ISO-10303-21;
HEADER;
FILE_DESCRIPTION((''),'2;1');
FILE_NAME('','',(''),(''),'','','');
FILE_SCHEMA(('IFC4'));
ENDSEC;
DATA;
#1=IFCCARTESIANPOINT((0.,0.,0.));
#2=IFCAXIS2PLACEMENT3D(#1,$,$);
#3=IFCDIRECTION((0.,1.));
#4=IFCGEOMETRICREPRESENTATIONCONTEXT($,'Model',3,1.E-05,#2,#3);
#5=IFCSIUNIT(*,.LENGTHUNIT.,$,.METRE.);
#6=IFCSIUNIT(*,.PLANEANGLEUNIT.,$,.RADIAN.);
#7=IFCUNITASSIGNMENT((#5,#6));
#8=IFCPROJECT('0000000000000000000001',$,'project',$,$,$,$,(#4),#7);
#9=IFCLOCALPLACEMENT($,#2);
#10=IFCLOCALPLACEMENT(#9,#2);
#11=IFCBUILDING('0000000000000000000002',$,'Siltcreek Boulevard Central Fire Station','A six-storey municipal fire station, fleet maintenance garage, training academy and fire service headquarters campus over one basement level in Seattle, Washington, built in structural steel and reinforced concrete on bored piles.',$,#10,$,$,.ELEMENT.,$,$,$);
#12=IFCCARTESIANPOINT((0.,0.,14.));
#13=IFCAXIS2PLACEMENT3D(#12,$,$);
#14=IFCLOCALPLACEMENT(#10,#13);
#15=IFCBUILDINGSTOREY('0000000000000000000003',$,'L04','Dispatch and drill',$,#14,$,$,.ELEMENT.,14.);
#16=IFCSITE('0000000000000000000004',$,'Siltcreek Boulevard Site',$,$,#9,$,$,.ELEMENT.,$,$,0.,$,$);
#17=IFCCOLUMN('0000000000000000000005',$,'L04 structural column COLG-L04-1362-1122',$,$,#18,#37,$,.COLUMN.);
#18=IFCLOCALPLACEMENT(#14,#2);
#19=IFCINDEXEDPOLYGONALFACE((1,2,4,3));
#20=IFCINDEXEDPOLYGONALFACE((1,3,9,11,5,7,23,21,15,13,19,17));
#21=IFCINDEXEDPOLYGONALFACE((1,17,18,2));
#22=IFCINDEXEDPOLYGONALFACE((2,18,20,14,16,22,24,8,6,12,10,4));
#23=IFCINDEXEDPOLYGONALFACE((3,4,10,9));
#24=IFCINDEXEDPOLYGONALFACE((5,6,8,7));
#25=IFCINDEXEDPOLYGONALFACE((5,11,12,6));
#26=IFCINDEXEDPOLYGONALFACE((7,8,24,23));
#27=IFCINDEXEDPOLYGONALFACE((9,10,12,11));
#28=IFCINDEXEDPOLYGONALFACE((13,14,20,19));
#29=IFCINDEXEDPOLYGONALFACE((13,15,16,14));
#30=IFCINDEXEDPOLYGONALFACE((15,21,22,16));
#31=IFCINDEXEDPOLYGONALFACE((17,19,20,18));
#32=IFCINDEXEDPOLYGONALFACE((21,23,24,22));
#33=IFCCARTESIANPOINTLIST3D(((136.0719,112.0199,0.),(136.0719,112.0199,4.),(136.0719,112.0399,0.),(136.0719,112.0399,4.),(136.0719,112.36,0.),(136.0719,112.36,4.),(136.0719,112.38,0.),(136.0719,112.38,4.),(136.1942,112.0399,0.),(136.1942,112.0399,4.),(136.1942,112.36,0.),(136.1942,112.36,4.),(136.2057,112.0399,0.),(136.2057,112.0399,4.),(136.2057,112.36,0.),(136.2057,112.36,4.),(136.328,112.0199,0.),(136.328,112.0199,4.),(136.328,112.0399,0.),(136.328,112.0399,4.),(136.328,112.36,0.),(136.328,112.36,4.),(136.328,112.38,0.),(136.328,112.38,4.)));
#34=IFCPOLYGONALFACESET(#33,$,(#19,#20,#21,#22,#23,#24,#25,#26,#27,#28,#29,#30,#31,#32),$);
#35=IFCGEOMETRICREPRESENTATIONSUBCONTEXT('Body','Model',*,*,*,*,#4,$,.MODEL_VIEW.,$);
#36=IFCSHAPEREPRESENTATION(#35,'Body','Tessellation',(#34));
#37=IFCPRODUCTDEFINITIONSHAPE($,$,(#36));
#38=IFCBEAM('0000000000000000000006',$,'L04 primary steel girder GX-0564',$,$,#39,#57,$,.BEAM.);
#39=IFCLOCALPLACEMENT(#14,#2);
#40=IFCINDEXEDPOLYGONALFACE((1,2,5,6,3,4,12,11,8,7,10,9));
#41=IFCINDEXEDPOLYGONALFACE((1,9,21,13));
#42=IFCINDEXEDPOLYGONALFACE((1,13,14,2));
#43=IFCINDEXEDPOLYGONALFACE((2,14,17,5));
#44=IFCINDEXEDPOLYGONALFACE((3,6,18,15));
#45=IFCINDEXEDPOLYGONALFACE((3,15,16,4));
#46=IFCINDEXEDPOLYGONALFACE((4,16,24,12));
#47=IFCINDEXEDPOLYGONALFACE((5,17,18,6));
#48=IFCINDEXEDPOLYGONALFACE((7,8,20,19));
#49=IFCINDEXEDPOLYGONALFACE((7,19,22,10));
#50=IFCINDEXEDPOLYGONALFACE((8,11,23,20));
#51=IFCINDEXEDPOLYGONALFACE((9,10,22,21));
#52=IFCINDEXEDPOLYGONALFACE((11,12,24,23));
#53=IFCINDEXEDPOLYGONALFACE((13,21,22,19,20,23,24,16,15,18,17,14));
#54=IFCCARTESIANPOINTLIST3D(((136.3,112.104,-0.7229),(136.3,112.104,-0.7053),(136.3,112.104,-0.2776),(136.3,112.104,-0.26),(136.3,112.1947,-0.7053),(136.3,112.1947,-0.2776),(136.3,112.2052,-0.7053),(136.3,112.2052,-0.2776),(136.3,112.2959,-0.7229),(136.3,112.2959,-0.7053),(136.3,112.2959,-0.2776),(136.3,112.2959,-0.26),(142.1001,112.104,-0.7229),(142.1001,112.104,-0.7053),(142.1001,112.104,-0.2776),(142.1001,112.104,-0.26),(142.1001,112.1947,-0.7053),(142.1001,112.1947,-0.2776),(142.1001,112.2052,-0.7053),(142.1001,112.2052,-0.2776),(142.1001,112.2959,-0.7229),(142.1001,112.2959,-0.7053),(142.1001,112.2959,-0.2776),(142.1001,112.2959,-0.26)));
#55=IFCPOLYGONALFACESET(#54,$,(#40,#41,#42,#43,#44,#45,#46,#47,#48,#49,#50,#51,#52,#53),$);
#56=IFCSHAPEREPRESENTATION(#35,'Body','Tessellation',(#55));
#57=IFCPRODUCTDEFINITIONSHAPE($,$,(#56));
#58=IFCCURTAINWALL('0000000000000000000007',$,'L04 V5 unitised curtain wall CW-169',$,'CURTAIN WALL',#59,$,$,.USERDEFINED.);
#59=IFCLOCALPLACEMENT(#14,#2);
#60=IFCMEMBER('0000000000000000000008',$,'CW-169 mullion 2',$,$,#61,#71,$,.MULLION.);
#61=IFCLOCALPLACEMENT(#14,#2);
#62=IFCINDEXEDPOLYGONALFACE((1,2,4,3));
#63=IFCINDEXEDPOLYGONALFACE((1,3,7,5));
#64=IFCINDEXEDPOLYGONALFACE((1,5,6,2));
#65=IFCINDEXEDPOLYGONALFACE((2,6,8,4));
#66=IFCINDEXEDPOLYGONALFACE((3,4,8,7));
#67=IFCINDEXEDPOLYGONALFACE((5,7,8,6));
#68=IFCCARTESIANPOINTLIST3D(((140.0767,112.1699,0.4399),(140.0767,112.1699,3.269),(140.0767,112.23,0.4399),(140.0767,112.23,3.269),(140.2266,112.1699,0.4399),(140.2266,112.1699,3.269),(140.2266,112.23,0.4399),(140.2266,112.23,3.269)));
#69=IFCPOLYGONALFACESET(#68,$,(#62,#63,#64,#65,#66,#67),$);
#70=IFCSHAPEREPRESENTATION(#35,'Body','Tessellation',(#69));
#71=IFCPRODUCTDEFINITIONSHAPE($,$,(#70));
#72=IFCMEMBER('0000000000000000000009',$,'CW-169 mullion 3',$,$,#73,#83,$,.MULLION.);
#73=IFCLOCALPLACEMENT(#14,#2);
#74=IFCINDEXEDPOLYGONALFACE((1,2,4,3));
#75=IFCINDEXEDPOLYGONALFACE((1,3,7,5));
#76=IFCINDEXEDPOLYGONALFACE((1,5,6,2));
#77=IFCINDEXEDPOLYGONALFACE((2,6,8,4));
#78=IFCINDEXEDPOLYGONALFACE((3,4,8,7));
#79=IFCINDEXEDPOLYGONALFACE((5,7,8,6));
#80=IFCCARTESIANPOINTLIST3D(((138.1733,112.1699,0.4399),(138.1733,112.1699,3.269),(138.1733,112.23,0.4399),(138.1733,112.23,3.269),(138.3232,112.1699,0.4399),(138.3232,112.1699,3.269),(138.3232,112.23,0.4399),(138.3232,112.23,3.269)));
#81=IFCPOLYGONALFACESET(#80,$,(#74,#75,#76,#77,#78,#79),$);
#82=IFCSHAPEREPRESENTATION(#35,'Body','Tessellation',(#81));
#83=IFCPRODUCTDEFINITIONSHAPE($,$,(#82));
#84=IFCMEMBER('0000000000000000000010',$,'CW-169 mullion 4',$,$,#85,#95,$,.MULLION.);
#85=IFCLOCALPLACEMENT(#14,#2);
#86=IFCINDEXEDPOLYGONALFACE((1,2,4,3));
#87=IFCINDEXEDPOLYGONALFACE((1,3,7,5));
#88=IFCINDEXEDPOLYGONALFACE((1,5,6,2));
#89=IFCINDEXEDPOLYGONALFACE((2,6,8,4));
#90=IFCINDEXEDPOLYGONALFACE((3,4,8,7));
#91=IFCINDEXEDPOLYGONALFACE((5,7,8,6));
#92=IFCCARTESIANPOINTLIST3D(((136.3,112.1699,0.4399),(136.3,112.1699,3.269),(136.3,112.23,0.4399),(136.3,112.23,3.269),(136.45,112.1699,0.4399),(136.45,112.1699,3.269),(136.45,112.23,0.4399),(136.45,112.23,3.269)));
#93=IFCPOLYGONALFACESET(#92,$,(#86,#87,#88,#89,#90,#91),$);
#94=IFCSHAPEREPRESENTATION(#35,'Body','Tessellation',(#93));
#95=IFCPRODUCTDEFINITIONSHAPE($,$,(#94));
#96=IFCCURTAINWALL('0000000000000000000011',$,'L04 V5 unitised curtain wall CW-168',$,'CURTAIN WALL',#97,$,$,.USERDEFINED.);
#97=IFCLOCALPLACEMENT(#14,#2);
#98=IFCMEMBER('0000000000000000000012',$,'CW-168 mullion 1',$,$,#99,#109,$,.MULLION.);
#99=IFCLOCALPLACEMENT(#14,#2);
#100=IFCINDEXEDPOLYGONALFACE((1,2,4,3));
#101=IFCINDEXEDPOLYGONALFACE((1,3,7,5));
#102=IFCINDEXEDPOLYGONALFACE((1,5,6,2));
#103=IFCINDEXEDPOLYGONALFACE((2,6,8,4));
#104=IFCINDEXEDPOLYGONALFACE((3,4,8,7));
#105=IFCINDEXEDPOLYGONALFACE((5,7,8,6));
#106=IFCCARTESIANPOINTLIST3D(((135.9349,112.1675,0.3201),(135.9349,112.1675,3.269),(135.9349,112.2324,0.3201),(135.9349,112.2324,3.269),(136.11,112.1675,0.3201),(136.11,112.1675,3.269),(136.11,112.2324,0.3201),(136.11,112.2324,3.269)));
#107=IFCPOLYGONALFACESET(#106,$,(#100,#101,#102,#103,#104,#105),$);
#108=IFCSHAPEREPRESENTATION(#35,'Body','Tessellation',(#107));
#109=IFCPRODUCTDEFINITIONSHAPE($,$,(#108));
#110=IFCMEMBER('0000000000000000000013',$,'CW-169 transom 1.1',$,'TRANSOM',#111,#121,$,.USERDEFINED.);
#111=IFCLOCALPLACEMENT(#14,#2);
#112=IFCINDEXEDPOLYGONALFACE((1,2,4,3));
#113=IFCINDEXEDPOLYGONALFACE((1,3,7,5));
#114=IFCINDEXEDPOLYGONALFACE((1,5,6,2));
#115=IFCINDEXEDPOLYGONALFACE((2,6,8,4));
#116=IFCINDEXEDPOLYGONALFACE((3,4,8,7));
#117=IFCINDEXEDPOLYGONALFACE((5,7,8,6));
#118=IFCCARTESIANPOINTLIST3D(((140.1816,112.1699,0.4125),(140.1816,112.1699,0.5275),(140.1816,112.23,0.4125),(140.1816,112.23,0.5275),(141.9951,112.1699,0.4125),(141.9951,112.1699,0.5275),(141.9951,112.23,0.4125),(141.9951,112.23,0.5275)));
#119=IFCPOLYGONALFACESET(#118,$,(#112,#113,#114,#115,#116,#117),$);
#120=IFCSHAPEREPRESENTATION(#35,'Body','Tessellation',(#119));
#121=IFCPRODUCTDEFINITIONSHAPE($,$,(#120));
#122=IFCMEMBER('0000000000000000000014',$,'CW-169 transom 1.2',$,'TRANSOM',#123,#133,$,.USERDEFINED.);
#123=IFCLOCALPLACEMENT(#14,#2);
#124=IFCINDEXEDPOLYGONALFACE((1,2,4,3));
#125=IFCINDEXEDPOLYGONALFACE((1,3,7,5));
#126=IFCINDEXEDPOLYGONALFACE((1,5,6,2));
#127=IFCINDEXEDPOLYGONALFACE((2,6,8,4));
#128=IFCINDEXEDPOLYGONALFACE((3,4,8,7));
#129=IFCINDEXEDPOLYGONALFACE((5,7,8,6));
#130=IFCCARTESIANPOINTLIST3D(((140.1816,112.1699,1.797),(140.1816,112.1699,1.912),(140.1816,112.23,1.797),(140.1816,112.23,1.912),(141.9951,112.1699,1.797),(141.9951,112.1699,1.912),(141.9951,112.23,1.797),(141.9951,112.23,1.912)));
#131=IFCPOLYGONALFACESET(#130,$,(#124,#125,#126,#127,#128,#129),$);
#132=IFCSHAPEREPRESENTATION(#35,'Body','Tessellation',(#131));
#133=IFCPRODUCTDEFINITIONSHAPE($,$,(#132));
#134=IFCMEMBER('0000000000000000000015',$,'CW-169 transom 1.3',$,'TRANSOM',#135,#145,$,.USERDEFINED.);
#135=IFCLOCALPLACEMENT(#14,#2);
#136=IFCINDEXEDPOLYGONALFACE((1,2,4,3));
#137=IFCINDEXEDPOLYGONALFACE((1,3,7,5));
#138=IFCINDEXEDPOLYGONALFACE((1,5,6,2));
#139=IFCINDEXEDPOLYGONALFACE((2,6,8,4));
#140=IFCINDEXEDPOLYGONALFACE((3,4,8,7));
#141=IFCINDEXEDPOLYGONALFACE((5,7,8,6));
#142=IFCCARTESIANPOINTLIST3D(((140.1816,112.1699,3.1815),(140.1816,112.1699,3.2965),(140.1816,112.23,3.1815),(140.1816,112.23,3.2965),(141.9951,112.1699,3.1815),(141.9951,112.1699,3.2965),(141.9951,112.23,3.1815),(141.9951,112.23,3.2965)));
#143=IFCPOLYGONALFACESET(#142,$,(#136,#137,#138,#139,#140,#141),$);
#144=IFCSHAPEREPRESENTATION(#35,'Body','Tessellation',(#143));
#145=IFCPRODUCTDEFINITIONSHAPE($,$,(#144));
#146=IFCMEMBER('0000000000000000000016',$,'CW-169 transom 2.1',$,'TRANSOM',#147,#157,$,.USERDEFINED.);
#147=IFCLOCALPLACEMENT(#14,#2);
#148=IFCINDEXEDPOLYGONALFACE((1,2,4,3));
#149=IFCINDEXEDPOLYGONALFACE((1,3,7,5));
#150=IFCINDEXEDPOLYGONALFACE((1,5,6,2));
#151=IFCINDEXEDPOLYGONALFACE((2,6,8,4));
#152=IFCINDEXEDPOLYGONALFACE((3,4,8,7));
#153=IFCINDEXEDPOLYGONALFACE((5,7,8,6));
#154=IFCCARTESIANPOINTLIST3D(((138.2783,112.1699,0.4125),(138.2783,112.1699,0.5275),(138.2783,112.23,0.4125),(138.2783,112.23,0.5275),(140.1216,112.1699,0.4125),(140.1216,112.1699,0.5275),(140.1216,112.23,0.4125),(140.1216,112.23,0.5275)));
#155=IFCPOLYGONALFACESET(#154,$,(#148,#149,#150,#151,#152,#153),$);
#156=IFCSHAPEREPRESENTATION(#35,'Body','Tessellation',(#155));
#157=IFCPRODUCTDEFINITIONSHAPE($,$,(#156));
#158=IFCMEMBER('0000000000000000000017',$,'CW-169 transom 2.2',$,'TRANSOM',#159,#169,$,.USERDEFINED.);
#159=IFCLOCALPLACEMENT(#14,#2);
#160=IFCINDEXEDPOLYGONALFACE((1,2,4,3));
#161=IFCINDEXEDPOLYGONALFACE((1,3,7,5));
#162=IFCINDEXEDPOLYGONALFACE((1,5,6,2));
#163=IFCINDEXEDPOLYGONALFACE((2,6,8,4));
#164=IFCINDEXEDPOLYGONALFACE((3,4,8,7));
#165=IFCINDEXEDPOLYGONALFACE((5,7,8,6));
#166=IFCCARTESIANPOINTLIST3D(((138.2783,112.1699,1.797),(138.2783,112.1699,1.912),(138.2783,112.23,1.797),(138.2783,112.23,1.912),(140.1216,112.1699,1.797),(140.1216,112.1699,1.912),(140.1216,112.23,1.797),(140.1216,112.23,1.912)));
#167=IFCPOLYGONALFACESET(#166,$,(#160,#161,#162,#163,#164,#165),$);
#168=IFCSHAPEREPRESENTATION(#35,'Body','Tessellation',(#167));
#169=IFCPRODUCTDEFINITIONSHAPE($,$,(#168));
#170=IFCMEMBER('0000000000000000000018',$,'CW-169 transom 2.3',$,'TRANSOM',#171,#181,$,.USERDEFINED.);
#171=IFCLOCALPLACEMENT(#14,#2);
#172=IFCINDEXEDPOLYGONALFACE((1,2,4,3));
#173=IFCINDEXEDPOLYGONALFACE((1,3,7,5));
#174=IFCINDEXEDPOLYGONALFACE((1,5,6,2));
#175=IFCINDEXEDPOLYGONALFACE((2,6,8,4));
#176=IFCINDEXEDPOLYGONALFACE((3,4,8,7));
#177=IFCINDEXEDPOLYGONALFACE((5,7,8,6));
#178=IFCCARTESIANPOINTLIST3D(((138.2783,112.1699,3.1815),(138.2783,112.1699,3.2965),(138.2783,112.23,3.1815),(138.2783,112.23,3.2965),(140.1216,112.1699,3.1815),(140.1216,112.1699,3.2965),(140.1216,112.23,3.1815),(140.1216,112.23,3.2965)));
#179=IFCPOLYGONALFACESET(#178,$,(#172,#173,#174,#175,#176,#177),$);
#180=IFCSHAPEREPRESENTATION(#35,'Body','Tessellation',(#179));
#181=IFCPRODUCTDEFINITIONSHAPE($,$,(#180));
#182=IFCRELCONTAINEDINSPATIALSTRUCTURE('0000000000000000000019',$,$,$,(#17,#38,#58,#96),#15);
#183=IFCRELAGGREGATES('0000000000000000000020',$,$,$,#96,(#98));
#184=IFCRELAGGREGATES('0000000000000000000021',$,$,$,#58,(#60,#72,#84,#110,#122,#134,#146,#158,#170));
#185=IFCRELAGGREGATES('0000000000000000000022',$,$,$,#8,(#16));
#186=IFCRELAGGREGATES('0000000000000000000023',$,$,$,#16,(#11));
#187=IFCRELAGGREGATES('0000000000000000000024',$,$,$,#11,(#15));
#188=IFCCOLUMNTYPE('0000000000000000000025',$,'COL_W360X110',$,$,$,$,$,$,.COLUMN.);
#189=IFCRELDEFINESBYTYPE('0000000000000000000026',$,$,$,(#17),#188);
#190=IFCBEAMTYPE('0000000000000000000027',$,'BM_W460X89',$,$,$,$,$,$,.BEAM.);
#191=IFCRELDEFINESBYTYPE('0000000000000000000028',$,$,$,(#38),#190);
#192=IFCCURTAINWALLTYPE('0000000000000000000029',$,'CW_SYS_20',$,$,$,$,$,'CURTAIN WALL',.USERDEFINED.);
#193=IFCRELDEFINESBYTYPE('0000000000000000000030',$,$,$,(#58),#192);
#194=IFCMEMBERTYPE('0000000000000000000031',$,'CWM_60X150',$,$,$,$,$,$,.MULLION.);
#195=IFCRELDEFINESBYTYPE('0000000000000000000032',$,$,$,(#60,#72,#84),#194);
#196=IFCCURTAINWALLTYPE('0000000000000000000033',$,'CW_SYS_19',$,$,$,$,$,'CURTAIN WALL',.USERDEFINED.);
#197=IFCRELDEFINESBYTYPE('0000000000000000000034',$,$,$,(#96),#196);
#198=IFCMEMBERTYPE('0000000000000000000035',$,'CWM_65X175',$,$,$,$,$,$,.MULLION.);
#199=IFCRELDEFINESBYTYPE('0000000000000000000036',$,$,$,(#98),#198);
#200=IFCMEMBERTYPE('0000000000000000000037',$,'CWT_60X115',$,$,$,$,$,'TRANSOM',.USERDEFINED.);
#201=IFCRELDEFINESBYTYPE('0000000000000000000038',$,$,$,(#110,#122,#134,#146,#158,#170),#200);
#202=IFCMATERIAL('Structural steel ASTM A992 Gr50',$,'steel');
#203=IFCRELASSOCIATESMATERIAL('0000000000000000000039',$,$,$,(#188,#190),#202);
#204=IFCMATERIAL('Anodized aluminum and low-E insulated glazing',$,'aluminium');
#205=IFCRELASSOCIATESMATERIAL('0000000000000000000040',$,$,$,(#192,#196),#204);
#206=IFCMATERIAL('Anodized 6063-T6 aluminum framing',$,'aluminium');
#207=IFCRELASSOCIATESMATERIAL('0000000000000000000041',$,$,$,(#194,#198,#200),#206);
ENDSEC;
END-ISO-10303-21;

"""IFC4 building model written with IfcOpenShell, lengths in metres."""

from ifc_helpers import new_model, si_unit, direction, frame, origin, origin_2d, place, context, subcontext, project, spatial, rectangle, i_section, extrude, material, material_profile, profile_set, type_object, element, aggregate, save


model = new_model("IFC4")

# Units and contexts
model_context = context("Model", 3, precision=1e-05, world=origin(), true_north=direction((0.0, 1.0)))
body_context = subcontext(model_context, "Body", "Model", "MODEL_VIEW")
ifc_project = project(units=[si_unit("LENGTHUNIT", "METRE"), si_unit("PLANEANGLEUNIT", "RADIAN")], contexts=[model_context])

# Site, building, storey
site_placement = place(None, origin())
site = spatial("IfcSite", under=ifc_project, at=site_placement, Name="Siltcreek Boulevard Site", CompositionType="ELEMENT", RefElevation=0.0)
building_placement = place(site_placement, origin())
building = spatial("IfcBuilding", under=site, at=building_placement, Name="Siltcreek Boulevard Central Fire Station", Description="A six-storey municipal fire station, fleet maintenance garage, training academy and fire service headquarters campus over one basement level in Seattle, Washington, built in structural steel and reinforced concrete on bored piles.", CompositionType="ELEMENT")
storey_placement = place(building_placement, frame((0.0, 0.0, 14.0)))
storey = spatial("IfcBuildingStorey", under=building, at=storey_placement, Name="L04", Description="Dispatch and drill", CompositionType="ELEMENT", Elevation=14.0)

# Column
ifc_material_1 = material(Name="Structural steel ASTM A992 Gr50", Category="steel")
ifc_material_profile_1 = material_profile(ifc_material_1, i_section(OverallWidth=0.2561, OverallDepth=0.3601, WebThickness=0.0115, FlangeThickness=0.02, at=origin_2d()), Name="W360X110")
ifc_profile_set_1 = profile_set([ifc_material_profile_1], Name="Structural steel ASTM A992 Gr50")
column_type = type_object("IfcColumnType", Name="COL_W360X110", PredefinedType="COLUMN", material=ifc_profile_set_1)
column_placement = place(storey_placement, frame((136.2, 112.2, 0.0), z_axis=(0.0, 0.0, 1.0), x_axis=(1.0, 0.0, 0.0)))
element("IfcColumn", 1, at=column_placement, inside=storey, type_object=column_type, Name="L04 structural column COLG-L04-1362-1122", PredefinedType="COLUMN", context=body_context, shape_type="SweptSolid", body=[
    extrude(i_section(OverallWidth=0.2561, OverallDepth=0.3601, WebThickness=0.0115, FlangeThickness=0.02, at=origin_2d()), origin(), (0.0, 0.0, 1.0), 4.0),
])

# Beam
ifc_material_profile_2 = material_profile(ifc_material_1, i_section(OverallWidth=0.1919, OverallDepth=0.4629, WebThickness=0.0105, FlangeThickness=0.0176, at=origin_2d()), Name="W460X89")
ifc_profile_set_2 = profile_set([ifc_material_profile_2], Name="Structural steel ASTM A992 Gr50")
beam_type = type_object("IfcBeamType", Name="BM_W460X89", PredefinedType="BEAM", material=ifc_profile_set_2)
beam_placement = place(storey_placement, frame((136.3, 112.2, -0.4915), z_axis=(1.0, 0.0, 0.0), x_axis=(0.0, 1.0, 0.0)))
element("IfcBeam", 2, at=beam_placement, inside=storey, type_object=beam_type, Name="L04 primary steel girder GX-0564", PredefinedType="BEAM", context=body_context, shape_type="SweptSolid", body=[
    extrude(i_section(OverallWidth=0.1919, OverallDepth=0.4629, WebThickness=0.0105, FlangeThickness=0.0176, at=origin_2d()), origin(), (0.0, 0.0, 1.0), 5.8),
])

# Curtain wall, members
ifc_material_2 = material(Name="Anodized aluminum and low-E insulated glazing", Category="aluminium")
curtain_wall_type_1 = type_object("IfcCurtainWallType", Name="CW_SYS_20", ElementType="CURTAIN WALL", PredefinedType="USERDEFINED", material=ifc_material_2)
curtain_wall_1_placement = place(storey_placement, origin())
curtain_wall_1 = element("IfcCurtainWall", 3, at=curtain_wall_1_placement, inside=storey, type_object=curtain_wall_type_1, Name="L04 V5 unitised curtain wall CW-169", ObjectType="CURTAIN WALL", PredefinedType="USERDEFINED")
ifc_material_3 = material(Name="Anodized 6063-T6 aluminum framing", Category="aluminium")
ifc_material_profile_3 = material_profile(ifc_material_3, rectangle(XDim=0.0601, YDim=0.1499, at=origin_2d()), Name="MULL60X150")
ifc_profile_set_3 = profile_set([ifc_material_profile_3], Name="Anodized 6063-T6 aluminum framing")
member_type_1 = type_object("IfcMemberType", Name="CWM_60X150", PredefinedType="MULLION", material=ifc_profile_set_3)
member_1_placement = place(storey_placement, frame((140.1516, 112.2, 0.4399), z_axis=(0.0, 0.0, 1.0), x_axis=(0.0, -1.0, 0.0)))
member_1 = element("IfcMember", 4, at=member_1_placement, type_object=member_type_1, Name="CW-169 mullion 2", PredefinedType="MULLION", context=body_context, shape_type="SweptSolid", body=[
    extrude(rectangle(XDim=0.0601, YDim=0.1499, at=origin_2d()), origin(), (0.0, 0.0, 1.0), 2.8291),
])
member_2_placement = place(storey_placement, frame((138.2483, 112.2, 0.4399), z_axis=(0.0, 0.0, 1.0), x_axis=(0.0, -1.0, 0.0)))
member_2 = element("IfcMember", 5, at=member_2_placement, type_object=member_type_1, Name="CW-169 mullion 3", PredefinedType="MULLION", context=body_context, shape_type="SweptSolid", body=[
    extrude(rectangle(XDim=0.0601, YDim=0.1499, at=origin_2d()), origin(), (0.0, 0.0, 1.0), 2.8291),
])
member_3_placement = place(storey_placement, frame((136.375, 112.2, 0.4399), z_axis=(0.0, 0.0, 1.0), x_axis=(0.0, -1.0, 0.0)))
member_3 = element("IfcMember", 6, at=member_3_placement, type_object=member_type_1, Name="CW-169 mullion 4", PredefinedType="MULLION", context=body_context, shape_type="SweptSolid", body=[
    extrude(rectangle(XDim=0.0601, YDim=0.1499, at=origin_2d()), origin(), (0.0, 0.0, 1.0), 2.8291),
])

# Curtain wall, member
curtain_wall_type_2 = type_object("IfcCurtainWallType", Name="CW_SYS_19", ElementType="CURTAIN WALL", PredefinedType="USERDEFINED", material=ifc_material_2)
curtain_wall_2_placement = place(storey_placement, origin())
curtain_wall_2 = element("IfcCurtainWall", 7, at=curtain_wall_2_placement, inside=storey, type_object=curtain_wall_type_2, Name="L04 V5 unitised curtain wall CW-168", ObjectType="CURTAIN WALL", PredefinedType="USERDEFINED")
ifc_material_profile_4 = material_profile(ifc_material_3, rectangle(XDim=0.0649, YDim=0.175, at=origin_2d()), Name="MULL65X175")
ifc_profile_set_4 = profile_set([ifc_material_profile_4], Name="Anodized 6063-T6 aluminum framing")
member_type_2 = type_object("IfcMemberType", Name="CWM_65X175", PredefinedType="MULLION", material=ifc_profile_set_4)
member_4_placement = place(storey_placement, frame((136.0225, 112.2, 0.3201), z_axis=(0.0, 0.0, 1.0), x_axis=(0.0, -1.0, 0.0)))
member_4 = element("IfcMember", 8, at=member_4_placement, type_object=member_type_2, Name="CW-168 mullion 1", PredefinedType="MULLION", context=body_context, shape_type="SweptSolid", body=[
    extrude(rectangle(XDim=0.0649, YDim=0.175, at=origin_2d()), origin(), (0.0, 0.0, 1.0), 2.949),
])

# Members
ifc_material_profile_5 = material_profile(ifc_material_3, rectangle(XDim=0.0601, YDim=0.115, at=origin_2d()), Name="TRAN60X115")
ifc_profile_set_5 = profile_set([ifc_material_profile_5], Name="Anodized 6063-T6 aluminum framing")
member_type_3 = type_object("IfcMemberType", Name="CWT_60X115", ElementType="TRANSOM", PredefinedType="USERDEFINED", material=ifc_profile_set_5)
member_5_placement = place(storey_placement, frame((141.9951, 112.2, 0.47), z_axis=(-1.0, 0.0, 0.0), x_axis=(0.0, -1.0, 0.0)))
member_5 = element("IfcMember", 9, at=member_5_placement, type_object=member_type_3, Name="CW-169 transom 1.1", ObjectType="TRANSOM", PredefinedType="USERDEFINED", context=body_context, shape_type="SweptSolid", body=[
    extrude(rectangle(XDim=0.0601, YDim=0.115, at=origin_2d()), origin(), (0.0, 0.0, 1.0), 1.8135),
])
member_6_placement = place(storey_placement, frame((141.9951, 112.2, 1.8545), z_axis=(-1.0, 0.0, 0.0), x_axis=(0.0, -1.0, 0.0)))
member_6 = element("IfcMember", 10, at=member_6_placement, type_object=member_type_3, Name="CW-169 transom 1.2", ObjectType="TRANSOM", PredefinedType="USERDEFINED", context=body_context, shape_type="SweptSolid", body=[
    extrude(rectangle(XDim=0.0601, YDim=0.115, at=origin_2d()), origin(), (0.0, 0.0, 1.0), 1.8135),
])
member_7_placement = place(storey_placement, frame((141.9951, 112.2, 3.239), z_axis=(-1.0, 0.0, 0.0), x_axis=(0.0, -1.0, 0.0)))
member_7 = element("IfcMember", 11, at=member_7_placement, type_object=member_type_3, Name="CW-169 transom 1.3", ObjectType="TRANSOM", PredefinedType="USERDEFINED", context=body_context, shape_type="SweptSolid", body=[
    extrude(rectangle(XDim=0.0601, YDim=0.115, at=origin_2d()), origin(), (0.0, 0.0, 1.0), 1.8135),
])
member_8_placement = place(storey_placement, frame((140.1216, 112.2, 0.47), z_axis=(-1.0, 0.0, 0.0), x_axis=(0.0, -1.0, 0.0)))
member_8 = element("IfcMember", 12, at=member_8_placement, type_object=member_type_3, Name="CW-169 transom 2.1", ObjectType="TRANSOM", PredefinedType="USERDEFINED", context=body_context, shape_type="SweptSolid", body=[
    extrude(rectangle(XDim=0.0601, YDim=0.115, at=origin_2d()), origin(), (0.0, 0.0, 1.0), 1.8433),
])
member_9_placement = place(storey_placement, frame((140.1216, 112.2, 1.8545), z_axis=(-1.0, 0.0, 0.0), x_axis=(0.0, -1.0, 0.0)))
member_9 = element("IfcMember", 13, at=member_9_placement, type_object=member_type_3, Name="CW-169 transom 2.2", ObjectType="TRANSOM", PredefinedType="USERDEFINED", context=body_context, shape_type="SweptSolid", body=[
    extrude(rectangle(XDim=0.0601, YDim=0.115, at=origin_2d()), origin(), (0.0, 0.0, 1.0), 1.8433),
])
member_10_placement = place(storey_placement, frame((140.1216, 112.2, 3.239), z_axis=(-1.0, 0.0, 0.0), x_axis=(0.0, -1.0, 0.0)))
member_10 = element("IfcMember", 14, at=member_10_placement, type_object=member_type_3, Name="CW-169 transom 2.3", ObjectType="TRANSOM", PredefinedType="USERDEFINED", context=body_context, shape_type="SweptSolid", body=[
    extrude(rectangle(XDim=0.0601, YDim=0.115, at=origin_2d()), origin(), (0.0, 0.0, 1.0), 1.8433),
])

aggregate(curtain_wall_2, [member_4])
aggregate(curtain_wall_1, [member_1, member_2, member_3, member_5, member_6, member_7, member_8, member_9, member_10])

save(model, "model.ifc")
